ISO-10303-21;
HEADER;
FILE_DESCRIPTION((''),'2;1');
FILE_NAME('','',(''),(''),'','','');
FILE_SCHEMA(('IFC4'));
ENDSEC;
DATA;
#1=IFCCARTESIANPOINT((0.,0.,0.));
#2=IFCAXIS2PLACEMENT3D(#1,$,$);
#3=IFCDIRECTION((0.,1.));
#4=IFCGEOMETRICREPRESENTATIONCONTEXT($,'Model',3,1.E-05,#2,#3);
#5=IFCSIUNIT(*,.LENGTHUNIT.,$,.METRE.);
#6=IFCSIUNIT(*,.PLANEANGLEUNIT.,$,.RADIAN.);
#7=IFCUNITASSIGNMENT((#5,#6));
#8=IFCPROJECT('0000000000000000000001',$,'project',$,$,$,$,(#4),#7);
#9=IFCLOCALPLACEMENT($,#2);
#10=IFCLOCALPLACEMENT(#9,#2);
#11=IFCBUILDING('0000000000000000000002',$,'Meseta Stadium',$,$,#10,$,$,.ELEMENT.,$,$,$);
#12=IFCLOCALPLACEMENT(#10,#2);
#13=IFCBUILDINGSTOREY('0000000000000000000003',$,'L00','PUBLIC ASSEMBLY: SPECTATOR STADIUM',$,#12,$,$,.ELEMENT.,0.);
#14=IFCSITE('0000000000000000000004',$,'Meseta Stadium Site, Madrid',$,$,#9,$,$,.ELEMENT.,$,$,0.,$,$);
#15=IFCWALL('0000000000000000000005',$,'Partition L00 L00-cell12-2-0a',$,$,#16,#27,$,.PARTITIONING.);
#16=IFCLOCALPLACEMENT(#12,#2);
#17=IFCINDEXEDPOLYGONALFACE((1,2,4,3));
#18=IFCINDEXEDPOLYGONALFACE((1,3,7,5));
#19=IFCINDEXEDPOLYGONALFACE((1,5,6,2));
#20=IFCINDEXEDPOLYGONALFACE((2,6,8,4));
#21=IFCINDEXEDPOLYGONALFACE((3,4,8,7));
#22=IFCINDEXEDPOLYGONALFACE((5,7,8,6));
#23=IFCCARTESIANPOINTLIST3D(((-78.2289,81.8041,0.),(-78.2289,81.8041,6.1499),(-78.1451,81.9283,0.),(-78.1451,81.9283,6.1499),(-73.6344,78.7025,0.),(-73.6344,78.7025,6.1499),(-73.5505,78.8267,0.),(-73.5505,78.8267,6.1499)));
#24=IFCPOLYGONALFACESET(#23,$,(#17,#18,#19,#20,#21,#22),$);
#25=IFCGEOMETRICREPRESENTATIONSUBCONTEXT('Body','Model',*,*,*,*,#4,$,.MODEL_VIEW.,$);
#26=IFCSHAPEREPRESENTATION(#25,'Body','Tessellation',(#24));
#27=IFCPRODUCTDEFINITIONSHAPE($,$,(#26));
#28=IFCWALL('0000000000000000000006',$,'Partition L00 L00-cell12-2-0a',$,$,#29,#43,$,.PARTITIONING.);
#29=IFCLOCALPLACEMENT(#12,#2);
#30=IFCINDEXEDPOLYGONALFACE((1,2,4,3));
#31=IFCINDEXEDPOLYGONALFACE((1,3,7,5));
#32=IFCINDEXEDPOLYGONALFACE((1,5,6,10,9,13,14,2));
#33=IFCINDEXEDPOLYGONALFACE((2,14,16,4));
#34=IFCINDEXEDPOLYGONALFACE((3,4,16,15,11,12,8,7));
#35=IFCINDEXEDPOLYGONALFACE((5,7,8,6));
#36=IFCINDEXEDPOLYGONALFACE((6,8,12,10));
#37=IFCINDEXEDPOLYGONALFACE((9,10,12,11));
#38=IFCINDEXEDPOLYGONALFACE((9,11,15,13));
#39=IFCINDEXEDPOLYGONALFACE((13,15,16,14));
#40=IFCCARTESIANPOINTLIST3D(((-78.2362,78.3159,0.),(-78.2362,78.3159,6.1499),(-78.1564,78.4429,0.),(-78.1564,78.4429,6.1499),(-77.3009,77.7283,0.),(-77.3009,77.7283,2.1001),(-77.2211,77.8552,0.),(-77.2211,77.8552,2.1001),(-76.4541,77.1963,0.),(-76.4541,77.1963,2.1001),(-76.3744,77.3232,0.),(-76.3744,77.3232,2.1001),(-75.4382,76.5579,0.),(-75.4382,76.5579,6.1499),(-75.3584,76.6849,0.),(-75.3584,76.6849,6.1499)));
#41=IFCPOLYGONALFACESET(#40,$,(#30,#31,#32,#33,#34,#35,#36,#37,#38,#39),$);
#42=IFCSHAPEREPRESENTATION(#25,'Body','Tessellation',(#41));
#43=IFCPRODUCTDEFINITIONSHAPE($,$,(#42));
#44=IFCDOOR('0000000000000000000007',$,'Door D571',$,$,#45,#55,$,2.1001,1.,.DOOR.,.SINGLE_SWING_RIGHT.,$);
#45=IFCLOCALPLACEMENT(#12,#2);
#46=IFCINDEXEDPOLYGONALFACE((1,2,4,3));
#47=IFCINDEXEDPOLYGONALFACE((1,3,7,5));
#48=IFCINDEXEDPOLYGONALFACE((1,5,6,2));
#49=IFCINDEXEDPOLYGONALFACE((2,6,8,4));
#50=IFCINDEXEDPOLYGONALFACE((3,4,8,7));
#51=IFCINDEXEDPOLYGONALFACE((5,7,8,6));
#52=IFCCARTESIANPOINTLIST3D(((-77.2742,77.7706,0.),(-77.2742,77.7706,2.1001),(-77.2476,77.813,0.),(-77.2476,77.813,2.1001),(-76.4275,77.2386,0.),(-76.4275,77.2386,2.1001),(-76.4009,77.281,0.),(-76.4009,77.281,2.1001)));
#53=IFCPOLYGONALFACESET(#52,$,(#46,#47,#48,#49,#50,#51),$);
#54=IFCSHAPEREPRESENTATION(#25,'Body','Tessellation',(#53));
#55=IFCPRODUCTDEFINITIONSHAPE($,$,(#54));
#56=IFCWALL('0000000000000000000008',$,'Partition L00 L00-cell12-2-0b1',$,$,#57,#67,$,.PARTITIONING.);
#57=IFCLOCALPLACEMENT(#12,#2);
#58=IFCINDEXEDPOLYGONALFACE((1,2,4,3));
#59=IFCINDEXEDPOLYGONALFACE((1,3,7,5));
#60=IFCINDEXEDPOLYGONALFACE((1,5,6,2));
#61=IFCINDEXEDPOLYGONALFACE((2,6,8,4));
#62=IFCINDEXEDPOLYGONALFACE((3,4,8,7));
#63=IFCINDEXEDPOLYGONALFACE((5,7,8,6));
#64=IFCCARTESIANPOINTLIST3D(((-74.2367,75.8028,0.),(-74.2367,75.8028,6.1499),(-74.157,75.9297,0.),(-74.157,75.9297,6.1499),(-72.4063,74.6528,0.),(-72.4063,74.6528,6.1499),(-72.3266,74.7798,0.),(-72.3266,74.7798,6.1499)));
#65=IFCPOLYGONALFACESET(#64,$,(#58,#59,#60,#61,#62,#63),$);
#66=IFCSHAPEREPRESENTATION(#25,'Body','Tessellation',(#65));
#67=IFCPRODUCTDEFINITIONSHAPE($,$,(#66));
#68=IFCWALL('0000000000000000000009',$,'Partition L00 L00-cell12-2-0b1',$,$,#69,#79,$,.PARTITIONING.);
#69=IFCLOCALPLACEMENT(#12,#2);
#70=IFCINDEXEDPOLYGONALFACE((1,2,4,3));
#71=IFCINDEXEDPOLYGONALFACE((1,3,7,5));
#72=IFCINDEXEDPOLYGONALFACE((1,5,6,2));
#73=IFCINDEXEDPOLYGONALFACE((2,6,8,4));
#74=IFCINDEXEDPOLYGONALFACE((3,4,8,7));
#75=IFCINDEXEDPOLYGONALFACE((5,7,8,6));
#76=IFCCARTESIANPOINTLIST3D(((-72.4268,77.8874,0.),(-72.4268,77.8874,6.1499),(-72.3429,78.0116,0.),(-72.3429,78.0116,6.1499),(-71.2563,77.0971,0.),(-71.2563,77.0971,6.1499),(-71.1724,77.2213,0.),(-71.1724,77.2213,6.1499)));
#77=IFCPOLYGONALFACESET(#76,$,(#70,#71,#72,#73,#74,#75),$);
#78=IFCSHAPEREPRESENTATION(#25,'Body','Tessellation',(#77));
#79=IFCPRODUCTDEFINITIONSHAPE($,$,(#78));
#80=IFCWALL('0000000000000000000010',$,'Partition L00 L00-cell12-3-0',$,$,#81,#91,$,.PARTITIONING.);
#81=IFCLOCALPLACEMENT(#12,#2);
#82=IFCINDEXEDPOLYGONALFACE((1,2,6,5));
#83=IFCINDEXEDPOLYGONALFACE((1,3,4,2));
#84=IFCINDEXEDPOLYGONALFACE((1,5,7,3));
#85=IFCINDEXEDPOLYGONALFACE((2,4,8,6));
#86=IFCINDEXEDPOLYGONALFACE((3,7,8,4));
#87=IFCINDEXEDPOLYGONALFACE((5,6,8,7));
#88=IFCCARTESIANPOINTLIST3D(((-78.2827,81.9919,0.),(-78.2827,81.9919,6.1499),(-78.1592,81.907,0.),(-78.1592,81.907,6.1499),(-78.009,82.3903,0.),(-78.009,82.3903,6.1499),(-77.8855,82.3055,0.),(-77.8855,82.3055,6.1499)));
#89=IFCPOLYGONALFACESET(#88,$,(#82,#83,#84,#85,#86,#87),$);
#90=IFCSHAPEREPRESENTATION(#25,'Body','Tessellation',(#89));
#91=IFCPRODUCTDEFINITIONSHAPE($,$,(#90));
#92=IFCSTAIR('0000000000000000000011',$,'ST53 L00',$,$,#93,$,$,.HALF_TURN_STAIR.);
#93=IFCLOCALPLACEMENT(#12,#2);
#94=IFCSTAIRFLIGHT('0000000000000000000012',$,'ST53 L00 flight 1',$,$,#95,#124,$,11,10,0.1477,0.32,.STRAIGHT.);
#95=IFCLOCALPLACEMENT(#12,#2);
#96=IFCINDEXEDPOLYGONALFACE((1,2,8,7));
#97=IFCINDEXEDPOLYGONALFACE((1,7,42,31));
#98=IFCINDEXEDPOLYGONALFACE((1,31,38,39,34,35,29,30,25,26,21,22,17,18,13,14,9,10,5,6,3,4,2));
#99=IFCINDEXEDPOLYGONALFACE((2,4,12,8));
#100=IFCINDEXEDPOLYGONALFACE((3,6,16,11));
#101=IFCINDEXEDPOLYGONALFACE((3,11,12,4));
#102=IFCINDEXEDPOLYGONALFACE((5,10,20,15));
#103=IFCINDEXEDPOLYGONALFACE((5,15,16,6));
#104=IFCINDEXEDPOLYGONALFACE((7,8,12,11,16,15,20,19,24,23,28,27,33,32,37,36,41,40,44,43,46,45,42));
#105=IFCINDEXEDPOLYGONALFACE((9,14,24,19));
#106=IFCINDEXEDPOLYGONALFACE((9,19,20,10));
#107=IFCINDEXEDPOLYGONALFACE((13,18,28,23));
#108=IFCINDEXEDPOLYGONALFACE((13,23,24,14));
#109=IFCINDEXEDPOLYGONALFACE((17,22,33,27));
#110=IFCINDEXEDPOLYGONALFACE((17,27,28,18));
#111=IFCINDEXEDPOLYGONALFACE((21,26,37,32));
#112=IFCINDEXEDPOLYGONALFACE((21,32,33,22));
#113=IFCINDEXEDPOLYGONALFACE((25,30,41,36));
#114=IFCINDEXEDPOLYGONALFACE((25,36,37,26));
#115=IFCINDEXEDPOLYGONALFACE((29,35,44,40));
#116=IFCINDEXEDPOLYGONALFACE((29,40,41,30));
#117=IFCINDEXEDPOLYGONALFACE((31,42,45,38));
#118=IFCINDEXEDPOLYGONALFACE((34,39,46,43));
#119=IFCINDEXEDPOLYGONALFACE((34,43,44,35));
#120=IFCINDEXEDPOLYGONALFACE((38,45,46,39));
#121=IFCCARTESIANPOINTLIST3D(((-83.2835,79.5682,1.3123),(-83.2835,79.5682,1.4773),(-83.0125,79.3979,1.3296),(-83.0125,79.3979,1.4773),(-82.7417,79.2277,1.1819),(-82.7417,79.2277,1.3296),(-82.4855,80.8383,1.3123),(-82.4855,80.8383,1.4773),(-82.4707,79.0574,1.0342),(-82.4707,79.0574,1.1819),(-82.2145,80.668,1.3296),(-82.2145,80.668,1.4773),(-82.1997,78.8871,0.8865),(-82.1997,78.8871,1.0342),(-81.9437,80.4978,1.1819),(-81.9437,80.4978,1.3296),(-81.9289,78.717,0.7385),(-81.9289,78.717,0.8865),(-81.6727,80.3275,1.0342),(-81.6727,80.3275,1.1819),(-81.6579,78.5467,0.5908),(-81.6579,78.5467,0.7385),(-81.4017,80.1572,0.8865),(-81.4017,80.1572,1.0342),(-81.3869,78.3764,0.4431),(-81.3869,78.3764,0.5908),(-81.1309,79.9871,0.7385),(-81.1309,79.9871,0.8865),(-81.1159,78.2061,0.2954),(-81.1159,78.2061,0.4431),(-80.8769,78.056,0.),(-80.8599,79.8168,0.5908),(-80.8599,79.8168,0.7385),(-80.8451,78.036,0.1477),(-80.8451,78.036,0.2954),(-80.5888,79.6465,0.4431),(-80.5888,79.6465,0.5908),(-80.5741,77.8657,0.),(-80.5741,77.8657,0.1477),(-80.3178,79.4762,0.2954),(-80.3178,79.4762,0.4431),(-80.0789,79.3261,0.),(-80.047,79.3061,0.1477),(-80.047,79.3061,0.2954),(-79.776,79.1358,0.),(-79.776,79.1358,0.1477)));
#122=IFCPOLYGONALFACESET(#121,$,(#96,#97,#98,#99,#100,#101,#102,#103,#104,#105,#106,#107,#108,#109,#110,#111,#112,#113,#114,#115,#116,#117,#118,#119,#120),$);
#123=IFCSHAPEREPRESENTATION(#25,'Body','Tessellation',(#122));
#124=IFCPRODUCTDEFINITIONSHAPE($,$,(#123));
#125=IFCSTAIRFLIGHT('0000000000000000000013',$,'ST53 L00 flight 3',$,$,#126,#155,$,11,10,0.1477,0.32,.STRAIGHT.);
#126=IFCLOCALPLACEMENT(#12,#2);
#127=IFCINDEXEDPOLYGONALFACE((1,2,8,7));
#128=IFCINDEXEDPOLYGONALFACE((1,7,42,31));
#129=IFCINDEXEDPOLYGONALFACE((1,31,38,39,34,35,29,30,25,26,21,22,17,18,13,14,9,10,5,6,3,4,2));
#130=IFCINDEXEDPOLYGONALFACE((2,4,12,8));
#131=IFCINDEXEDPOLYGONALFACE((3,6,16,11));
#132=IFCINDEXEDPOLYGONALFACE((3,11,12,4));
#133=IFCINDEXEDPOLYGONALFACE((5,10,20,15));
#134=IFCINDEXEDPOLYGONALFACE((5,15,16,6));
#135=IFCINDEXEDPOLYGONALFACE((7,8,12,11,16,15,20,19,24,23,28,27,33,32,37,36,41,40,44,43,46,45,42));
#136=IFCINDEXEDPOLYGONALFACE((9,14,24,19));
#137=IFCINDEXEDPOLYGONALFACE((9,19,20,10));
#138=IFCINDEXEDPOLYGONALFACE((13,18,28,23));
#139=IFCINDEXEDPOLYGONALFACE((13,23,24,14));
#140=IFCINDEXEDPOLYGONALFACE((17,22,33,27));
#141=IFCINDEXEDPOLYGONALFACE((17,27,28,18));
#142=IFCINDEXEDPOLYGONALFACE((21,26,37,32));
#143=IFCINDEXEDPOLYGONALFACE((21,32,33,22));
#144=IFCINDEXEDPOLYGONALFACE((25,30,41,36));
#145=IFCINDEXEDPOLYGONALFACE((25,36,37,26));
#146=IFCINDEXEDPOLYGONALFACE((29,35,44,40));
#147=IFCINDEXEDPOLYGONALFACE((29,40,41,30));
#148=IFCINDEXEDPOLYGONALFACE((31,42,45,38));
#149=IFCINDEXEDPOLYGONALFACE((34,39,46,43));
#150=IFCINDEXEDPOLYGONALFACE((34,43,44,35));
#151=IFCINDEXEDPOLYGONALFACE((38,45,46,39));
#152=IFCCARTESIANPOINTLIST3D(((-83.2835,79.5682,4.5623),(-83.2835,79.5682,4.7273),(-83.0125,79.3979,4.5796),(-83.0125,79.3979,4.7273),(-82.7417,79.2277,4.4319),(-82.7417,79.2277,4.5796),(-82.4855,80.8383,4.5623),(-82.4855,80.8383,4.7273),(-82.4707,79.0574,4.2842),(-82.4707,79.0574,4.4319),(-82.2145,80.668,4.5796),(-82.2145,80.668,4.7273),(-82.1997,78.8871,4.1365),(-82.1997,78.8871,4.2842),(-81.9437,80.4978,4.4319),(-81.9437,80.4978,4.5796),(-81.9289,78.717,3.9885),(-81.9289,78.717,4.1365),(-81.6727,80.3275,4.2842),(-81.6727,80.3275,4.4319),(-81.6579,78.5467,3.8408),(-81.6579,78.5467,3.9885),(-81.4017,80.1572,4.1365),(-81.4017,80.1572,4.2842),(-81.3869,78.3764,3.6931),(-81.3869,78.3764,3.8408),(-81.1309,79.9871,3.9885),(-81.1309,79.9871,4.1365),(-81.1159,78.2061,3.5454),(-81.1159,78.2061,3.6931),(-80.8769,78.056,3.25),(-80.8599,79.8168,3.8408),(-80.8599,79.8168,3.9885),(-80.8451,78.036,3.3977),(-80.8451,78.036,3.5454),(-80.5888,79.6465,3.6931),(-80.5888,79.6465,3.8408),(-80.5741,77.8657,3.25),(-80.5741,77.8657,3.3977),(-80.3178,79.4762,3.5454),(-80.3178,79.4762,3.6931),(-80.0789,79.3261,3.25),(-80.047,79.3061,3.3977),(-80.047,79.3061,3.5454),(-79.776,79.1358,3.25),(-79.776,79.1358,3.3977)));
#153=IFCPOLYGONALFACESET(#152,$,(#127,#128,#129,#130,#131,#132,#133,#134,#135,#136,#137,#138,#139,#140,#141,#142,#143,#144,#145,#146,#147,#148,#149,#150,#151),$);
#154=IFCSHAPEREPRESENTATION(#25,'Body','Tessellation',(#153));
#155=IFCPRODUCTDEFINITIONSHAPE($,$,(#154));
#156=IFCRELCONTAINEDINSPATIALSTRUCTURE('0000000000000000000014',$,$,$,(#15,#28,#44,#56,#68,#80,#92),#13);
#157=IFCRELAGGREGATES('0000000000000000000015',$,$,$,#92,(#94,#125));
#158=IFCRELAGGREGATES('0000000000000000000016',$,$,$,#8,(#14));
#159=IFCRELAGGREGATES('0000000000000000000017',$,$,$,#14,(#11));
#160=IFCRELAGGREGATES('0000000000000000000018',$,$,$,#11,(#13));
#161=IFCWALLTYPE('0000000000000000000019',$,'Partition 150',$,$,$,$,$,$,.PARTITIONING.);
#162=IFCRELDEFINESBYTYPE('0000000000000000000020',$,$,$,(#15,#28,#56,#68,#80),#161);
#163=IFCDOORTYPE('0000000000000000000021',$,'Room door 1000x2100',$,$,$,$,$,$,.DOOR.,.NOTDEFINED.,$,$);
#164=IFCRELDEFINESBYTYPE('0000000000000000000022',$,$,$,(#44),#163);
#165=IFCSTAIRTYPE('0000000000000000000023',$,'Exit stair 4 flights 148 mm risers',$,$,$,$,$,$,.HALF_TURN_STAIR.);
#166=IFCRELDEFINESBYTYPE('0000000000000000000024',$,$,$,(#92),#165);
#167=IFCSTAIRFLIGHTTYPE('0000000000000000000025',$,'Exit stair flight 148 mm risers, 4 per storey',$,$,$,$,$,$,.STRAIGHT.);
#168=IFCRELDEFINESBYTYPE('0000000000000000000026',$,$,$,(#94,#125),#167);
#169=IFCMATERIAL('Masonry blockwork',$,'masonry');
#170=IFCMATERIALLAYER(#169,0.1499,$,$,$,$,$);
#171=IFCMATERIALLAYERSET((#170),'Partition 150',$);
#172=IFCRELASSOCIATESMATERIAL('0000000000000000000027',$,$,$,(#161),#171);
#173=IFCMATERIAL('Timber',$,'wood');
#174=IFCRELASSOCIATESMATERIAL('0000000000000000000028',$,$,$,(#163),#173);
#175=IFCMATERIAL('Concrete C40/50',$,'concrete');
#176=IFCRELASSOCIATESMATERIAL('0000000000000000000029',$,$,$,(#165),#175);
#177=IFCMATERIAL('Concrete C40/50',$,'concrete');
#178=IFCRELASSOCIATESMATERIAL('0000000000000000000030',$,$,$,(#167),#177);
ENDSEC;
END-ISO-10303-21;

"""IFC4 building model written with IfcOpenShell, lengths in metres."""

from ifc_helpers import new_model, si_unit, direction, frame, frame_2d, origin, place, context, subcontext, project, spatial, polyline, rectangle, outline, extrude, material, layer, layer_set, type_object, element, fill, aggregate, save


model = new_model("IFC4")

# Units and contexts
model_context = context("Model", 3, precision=1e-05, world=origin(), true_north=direction((0.0, 1.0)))
body_context = subcontext(model_context, "Body", "Model", "MODEL_VIEW")
ifc_project = project(units=[si_unit("LENGTHUNIT", "METRE"), si_unit("PLANEANGLEUNIT", "RADIAN")], contexts=[model_context])

# Site, building, storey
site_placement = place(None, origin())
site = spatial("IfcSite", under=ifc_project, at=site_placement, Name="Meseta Stadium Site, Madrid", CompositionType="ELEMENT", RefElevation=0.0)
building_placement = place(site_placement, origin())
building = spatial("IfcBuilding", under=site, at=building_placement, Name="Meseta Stadium", CompositionType="ELEMENT")
storey_placement = place(building_placement, origin())
storey = spatial("IfcBuildingStorey", under=building, at=storey_placement, Name="L00", Description="PUBLIC ASSEMBLY: SPECTATOR STADIUM", CompositionType="ELEMENT", Elevation=0.0)

# Shared definitions
ifc_material_1 = material(Name="Masonry blockwork", Category="masonry")
ifc_layer_1 = layer(ifc_material_1, 0.1499)
ifc_layer_set_1 = layer_set([ifc_layer_1], Name="Partition 150")
wall_type_1 = type_object("IfcWallType", Name="Partition 150", PredefinedType="PARTITIONING", material=ifc_layer_set_1)

# Wall
wall_1_placement = place(storey_placement, frame((-78.187, 81.8662, 0.0), z_axis=(0.0, 0.0, 1.0), x_axis=(0.828825, -0.559508, 0.0)))
element("IfcWall", 1, at=wall_1_placement, inside=storey, type_object=wall_type_1, Name="Partition L00 L00-cell12-2-0a", PredefinedType="PARTITIONING", context=body_context, shape_type="SweptSolid", body=[
    extrude(rectangle(XDim=5.5435, YDim=0.1499, at=frame_2d((2.7717, 0.0))), origin(), (0.0, 0.0, 1.0), 6.1499),
])

# Wall, opening, door
wall_2_placement = place(storey_placement, frame((-75.3982, 76.6213, 0.0), z_axis=(0.0, 0.0, 1.0), x_axis=(-0.846738, 0.53201, 0.0)))
wall_2 = element("IfcWall", 2, at=wall_2_placement, inside=storey, type_object=wall_type_1, Name="Partition L00 L00-cell12-2-0a", PredefinedType="PARTITIONING", context=body_context, shape_type="SweptSolid", body=[
    extrude(rectangle(XDim=3.3044, YDim=0.1499, at=frame_2d((1.6523, 0.0))), origin(), (0.0, 0.0, 1.0), 6.1499),
])
opening_1_placement = place(wall_2_placement, frame((1.2, 0.0, 0.0)))
opening_1 = element("IfcOpeningElement", 3, at=opening_1_placement, cuts=wall_2, PredefinedType="OPENING", context=body_context, shape_type="SweptSolid", body=[
    extrude(rectangle(XDim=1.0, YDim=2.1001, at=frame_2d((0.5, 1.05))), frame((0.0, 0.085, 0.0), z_axis=(0.0, -1.0, 0.0), x_axis=(1.0, 0.0, 0.0)), (0.0, 0.0, 1.0), 0.1699),
])
ifc_material_2 = material(Name="Timber", Category="wood")
door_type_1 = type_object("IfcDoorType", Name="Room door 1000x2100", OperationType="NOTDEFINED", PredefinedType="DOOR", material=ifc_material_2)
door_1_placement = place(opening_1_placement, origin())
door_1 = element("IfcDoor", 4, at=door_1_placement, inside=storey, type_object=door_type_1, Name="Door D571", OperationType="SINGLE_SWING_RIGHT", OverallHeight=2.1001, OverallWidth=1.0, PredefinedType="DOOR", context=body_context, shape_type="SweptSolid", body=[
    extrude(rectangle(XDim=1.0, YDim=2.1001, at=frame_2d((0.5, 1.05))), frame((0.0, 0.0249, 0.0), z_axis=(0.0, -1.0, 0.0), x_axis=(1.0, 0.0, 0.0)), (0.0, 0.0, 1.0), 0.05),
])
fill(opening_1, door_1)

# Walls
wall_3_placement = place(storey_placement, frame((-72.3665, 74.7163, 0.0), z_axis=(0.0, 0.0, 1.0), x_axis=(-0.846759, 0.531977, 0.0)))
element("IfcWall", 5, at=wall_3_placement, inside=storey, type_object=wall_type_1, Name="Partition L00 L00-cell12-2-0b1", PredefinedType="PARTITIONING", context=body_context, shape_type="SweptSolid", body=[
    extrude(rectangle(XDim=2.1616, YDim=0.1499, at=frame_2d((1.0808, 0.0))), origin(), (0.0, 0.0, 1.0), 6.1499),
])
wall_4_placement = place(storey_placement, frame((-72.3848, 77.9495, 0.0), z_axis=(0.0, 0.0, 1.0), x_axis=(0.828764, -0.559598, 0.0)))
element("IfcWall", 6, at=wall_4_placement, inside=storey, type_object=wall_type_1, Name="Partition L00 L00-cell12-2-0b1", PredefinedType="PARTITIONING", context=body_context, shape_type="SweptSolid", body=[
    extrude(rectangle(XDim=1.4124, YDim=0.1499, at=frame_2d((0.7061, 0.0))), origin(), (0.0, 0.0, 1.0), 6.1499),
])
wall_5_placement = place(storey_placement, frame((-77.9473, 82.3479, 0.0), z_axis=(0.0, 0.0, 1.0), x_axis=(-0.566186, -0.824278, 0.0)))
element("IfcWall", 7, at=wall_5_placement, inside=storey, type_object=wall_type_1, Name="Partition L00 L00-cell12-3-0", PredefinedType="PARTITIONING", context=body_context, shape_type="SweptSolid", body=[
    extrude(rectangle(XDim=0.4834, YDim=0.1499, at=frame_2d((0.2417, 0.0))), origin(), (0.0, 0.0, 1.0), 6.1499),
])

# Stair, stair flights
ifc_material_3 = material(Name="Concrete C40/50", Category="concrete")
stair_type = type_object("IfcStairType", Name="Exit stair 4 flights 148 mm risers", PredefinedType="HALF_TURN_STAIR", material=ifc_material_3)
stair_1_placement = place(storey_placement, origin())
stair_1 = element("IfcStair", 8, at=stair_1_placement, inside=storey, type_object=stair_type, Name="ST53 L00", PredefinedType="HALF_TURN_STAIR")
ifc_material_4 = material(Name="Concrete C40/50", Category="concrete")
stair_flight_type = type_object("IfcStairFlightType", Name="Exit stair flight 148 mm risers, 4 per storey", PredefinedType="STRAIGHT", material=ifc_material_4)
stair_flight_1_placement = place(storey_placement, frame((-80.175, 78.5007, 0.0), z_axis=(0.0, 0.0, 1.0), x_axis=(-0.846724, 0.532032, 0.0)))
stair_flight_1 = element("IfcStairFlight", 9, at=stair_flight_1_placement, type_object=stair_flight_type, Name="ST53 L00 flight 1", NumberOfRisers=11, NumberOfTreads=10, PredefinedType="STRAIGHT", RiserHeight=0.1477, TreadLength=0.32, context=body_context, shape_type="SweptSolid", body=[
    extrude(outline(polyline([(0.0, 0.0), (0.0, 0.1477), (0.3201, 0.1477), (0.3201, 0.2954), (0.6399, 0.2954), (0.6399, 0.4431), (0.96, 0.4431), (0.96, 0.5908), (1.28, 0.5908), (1.28, 0.7385), (1.6001, 0.7385), (1.6001, 0.8865), (1.9199, 0.8865), (1.9199, 1.0342), (2.24, 1.0342), (2.24, 1.1819), (2.5601, 1.1819), (2.5601, 1.3296), (2.8799, 1.3296), (2.8799, 1.4773), (3.2, 1.4773), (3.2, 1.3123), (0.3577, 0.0), (0.0, 0.0)])), frame((0.0, 0.75, 0.0), z_axis=(0.0, -1.0, 0.0), x_axis=(1.0, 0.0, 0.0)), (0.0, 0.0, 1.0), 1.5),
])
stair_flight_2_placement = place(storey_placement, frame((-80.175, 78.5007, 3.25), z_axis=(0.0, 0.0, 1.0), x_axis=(-0.846724, 0.532032, 0.0)))
stair_flight_2 = element("IfcStairFlight", 10, at=stair_flight_2_placement, type_object=stair_flight_type, Name="ST53 L00 flight 3", NumberOfRisers=11, NumberOfTreads=10, PredefinedType="STRAIGHT", RiserHeight=0.1477, TreadLength=0.32, context=body_context, shape_type="SweptSolid", body=[
    extrude(outline(polyline([(0.0, 0.0), (0.0, 0.1477), (0.3201, 0.1477), (0.3201, 0.2954), (0.6399, 0.2954), (0.6399, 0.4431), (0.96, 0.4431), (0.96, 0.5908), (1.28, 0.5908), (1.28, 0.7385), (1.6001, 0.7385), (1.6001, 0.8865), (1.9199, 0.8865), (1.9199, 1.0342), (2.24, 1.0342), (2.24, 1.1819), (2.5601, 1.1819), (2.5601, 1.3296), (2.8799, 1.3296), (2.8799, 1.4773), (3.2, 1.4773), (3.2, 1.3123), (0.3577, 0.0), (0.0, 0.0)])), frame((0.0, 0.75, 0.0), z_axis=(0.0, -1.0, 0.0), x_axis=(1.0, 0.0, 0.0)), (0.0, 0.0, 1.0), 1.5),
])
aggregate(stair_1, [stair_flight_1, stair_flight_2])

save(model, "model.ifc")
